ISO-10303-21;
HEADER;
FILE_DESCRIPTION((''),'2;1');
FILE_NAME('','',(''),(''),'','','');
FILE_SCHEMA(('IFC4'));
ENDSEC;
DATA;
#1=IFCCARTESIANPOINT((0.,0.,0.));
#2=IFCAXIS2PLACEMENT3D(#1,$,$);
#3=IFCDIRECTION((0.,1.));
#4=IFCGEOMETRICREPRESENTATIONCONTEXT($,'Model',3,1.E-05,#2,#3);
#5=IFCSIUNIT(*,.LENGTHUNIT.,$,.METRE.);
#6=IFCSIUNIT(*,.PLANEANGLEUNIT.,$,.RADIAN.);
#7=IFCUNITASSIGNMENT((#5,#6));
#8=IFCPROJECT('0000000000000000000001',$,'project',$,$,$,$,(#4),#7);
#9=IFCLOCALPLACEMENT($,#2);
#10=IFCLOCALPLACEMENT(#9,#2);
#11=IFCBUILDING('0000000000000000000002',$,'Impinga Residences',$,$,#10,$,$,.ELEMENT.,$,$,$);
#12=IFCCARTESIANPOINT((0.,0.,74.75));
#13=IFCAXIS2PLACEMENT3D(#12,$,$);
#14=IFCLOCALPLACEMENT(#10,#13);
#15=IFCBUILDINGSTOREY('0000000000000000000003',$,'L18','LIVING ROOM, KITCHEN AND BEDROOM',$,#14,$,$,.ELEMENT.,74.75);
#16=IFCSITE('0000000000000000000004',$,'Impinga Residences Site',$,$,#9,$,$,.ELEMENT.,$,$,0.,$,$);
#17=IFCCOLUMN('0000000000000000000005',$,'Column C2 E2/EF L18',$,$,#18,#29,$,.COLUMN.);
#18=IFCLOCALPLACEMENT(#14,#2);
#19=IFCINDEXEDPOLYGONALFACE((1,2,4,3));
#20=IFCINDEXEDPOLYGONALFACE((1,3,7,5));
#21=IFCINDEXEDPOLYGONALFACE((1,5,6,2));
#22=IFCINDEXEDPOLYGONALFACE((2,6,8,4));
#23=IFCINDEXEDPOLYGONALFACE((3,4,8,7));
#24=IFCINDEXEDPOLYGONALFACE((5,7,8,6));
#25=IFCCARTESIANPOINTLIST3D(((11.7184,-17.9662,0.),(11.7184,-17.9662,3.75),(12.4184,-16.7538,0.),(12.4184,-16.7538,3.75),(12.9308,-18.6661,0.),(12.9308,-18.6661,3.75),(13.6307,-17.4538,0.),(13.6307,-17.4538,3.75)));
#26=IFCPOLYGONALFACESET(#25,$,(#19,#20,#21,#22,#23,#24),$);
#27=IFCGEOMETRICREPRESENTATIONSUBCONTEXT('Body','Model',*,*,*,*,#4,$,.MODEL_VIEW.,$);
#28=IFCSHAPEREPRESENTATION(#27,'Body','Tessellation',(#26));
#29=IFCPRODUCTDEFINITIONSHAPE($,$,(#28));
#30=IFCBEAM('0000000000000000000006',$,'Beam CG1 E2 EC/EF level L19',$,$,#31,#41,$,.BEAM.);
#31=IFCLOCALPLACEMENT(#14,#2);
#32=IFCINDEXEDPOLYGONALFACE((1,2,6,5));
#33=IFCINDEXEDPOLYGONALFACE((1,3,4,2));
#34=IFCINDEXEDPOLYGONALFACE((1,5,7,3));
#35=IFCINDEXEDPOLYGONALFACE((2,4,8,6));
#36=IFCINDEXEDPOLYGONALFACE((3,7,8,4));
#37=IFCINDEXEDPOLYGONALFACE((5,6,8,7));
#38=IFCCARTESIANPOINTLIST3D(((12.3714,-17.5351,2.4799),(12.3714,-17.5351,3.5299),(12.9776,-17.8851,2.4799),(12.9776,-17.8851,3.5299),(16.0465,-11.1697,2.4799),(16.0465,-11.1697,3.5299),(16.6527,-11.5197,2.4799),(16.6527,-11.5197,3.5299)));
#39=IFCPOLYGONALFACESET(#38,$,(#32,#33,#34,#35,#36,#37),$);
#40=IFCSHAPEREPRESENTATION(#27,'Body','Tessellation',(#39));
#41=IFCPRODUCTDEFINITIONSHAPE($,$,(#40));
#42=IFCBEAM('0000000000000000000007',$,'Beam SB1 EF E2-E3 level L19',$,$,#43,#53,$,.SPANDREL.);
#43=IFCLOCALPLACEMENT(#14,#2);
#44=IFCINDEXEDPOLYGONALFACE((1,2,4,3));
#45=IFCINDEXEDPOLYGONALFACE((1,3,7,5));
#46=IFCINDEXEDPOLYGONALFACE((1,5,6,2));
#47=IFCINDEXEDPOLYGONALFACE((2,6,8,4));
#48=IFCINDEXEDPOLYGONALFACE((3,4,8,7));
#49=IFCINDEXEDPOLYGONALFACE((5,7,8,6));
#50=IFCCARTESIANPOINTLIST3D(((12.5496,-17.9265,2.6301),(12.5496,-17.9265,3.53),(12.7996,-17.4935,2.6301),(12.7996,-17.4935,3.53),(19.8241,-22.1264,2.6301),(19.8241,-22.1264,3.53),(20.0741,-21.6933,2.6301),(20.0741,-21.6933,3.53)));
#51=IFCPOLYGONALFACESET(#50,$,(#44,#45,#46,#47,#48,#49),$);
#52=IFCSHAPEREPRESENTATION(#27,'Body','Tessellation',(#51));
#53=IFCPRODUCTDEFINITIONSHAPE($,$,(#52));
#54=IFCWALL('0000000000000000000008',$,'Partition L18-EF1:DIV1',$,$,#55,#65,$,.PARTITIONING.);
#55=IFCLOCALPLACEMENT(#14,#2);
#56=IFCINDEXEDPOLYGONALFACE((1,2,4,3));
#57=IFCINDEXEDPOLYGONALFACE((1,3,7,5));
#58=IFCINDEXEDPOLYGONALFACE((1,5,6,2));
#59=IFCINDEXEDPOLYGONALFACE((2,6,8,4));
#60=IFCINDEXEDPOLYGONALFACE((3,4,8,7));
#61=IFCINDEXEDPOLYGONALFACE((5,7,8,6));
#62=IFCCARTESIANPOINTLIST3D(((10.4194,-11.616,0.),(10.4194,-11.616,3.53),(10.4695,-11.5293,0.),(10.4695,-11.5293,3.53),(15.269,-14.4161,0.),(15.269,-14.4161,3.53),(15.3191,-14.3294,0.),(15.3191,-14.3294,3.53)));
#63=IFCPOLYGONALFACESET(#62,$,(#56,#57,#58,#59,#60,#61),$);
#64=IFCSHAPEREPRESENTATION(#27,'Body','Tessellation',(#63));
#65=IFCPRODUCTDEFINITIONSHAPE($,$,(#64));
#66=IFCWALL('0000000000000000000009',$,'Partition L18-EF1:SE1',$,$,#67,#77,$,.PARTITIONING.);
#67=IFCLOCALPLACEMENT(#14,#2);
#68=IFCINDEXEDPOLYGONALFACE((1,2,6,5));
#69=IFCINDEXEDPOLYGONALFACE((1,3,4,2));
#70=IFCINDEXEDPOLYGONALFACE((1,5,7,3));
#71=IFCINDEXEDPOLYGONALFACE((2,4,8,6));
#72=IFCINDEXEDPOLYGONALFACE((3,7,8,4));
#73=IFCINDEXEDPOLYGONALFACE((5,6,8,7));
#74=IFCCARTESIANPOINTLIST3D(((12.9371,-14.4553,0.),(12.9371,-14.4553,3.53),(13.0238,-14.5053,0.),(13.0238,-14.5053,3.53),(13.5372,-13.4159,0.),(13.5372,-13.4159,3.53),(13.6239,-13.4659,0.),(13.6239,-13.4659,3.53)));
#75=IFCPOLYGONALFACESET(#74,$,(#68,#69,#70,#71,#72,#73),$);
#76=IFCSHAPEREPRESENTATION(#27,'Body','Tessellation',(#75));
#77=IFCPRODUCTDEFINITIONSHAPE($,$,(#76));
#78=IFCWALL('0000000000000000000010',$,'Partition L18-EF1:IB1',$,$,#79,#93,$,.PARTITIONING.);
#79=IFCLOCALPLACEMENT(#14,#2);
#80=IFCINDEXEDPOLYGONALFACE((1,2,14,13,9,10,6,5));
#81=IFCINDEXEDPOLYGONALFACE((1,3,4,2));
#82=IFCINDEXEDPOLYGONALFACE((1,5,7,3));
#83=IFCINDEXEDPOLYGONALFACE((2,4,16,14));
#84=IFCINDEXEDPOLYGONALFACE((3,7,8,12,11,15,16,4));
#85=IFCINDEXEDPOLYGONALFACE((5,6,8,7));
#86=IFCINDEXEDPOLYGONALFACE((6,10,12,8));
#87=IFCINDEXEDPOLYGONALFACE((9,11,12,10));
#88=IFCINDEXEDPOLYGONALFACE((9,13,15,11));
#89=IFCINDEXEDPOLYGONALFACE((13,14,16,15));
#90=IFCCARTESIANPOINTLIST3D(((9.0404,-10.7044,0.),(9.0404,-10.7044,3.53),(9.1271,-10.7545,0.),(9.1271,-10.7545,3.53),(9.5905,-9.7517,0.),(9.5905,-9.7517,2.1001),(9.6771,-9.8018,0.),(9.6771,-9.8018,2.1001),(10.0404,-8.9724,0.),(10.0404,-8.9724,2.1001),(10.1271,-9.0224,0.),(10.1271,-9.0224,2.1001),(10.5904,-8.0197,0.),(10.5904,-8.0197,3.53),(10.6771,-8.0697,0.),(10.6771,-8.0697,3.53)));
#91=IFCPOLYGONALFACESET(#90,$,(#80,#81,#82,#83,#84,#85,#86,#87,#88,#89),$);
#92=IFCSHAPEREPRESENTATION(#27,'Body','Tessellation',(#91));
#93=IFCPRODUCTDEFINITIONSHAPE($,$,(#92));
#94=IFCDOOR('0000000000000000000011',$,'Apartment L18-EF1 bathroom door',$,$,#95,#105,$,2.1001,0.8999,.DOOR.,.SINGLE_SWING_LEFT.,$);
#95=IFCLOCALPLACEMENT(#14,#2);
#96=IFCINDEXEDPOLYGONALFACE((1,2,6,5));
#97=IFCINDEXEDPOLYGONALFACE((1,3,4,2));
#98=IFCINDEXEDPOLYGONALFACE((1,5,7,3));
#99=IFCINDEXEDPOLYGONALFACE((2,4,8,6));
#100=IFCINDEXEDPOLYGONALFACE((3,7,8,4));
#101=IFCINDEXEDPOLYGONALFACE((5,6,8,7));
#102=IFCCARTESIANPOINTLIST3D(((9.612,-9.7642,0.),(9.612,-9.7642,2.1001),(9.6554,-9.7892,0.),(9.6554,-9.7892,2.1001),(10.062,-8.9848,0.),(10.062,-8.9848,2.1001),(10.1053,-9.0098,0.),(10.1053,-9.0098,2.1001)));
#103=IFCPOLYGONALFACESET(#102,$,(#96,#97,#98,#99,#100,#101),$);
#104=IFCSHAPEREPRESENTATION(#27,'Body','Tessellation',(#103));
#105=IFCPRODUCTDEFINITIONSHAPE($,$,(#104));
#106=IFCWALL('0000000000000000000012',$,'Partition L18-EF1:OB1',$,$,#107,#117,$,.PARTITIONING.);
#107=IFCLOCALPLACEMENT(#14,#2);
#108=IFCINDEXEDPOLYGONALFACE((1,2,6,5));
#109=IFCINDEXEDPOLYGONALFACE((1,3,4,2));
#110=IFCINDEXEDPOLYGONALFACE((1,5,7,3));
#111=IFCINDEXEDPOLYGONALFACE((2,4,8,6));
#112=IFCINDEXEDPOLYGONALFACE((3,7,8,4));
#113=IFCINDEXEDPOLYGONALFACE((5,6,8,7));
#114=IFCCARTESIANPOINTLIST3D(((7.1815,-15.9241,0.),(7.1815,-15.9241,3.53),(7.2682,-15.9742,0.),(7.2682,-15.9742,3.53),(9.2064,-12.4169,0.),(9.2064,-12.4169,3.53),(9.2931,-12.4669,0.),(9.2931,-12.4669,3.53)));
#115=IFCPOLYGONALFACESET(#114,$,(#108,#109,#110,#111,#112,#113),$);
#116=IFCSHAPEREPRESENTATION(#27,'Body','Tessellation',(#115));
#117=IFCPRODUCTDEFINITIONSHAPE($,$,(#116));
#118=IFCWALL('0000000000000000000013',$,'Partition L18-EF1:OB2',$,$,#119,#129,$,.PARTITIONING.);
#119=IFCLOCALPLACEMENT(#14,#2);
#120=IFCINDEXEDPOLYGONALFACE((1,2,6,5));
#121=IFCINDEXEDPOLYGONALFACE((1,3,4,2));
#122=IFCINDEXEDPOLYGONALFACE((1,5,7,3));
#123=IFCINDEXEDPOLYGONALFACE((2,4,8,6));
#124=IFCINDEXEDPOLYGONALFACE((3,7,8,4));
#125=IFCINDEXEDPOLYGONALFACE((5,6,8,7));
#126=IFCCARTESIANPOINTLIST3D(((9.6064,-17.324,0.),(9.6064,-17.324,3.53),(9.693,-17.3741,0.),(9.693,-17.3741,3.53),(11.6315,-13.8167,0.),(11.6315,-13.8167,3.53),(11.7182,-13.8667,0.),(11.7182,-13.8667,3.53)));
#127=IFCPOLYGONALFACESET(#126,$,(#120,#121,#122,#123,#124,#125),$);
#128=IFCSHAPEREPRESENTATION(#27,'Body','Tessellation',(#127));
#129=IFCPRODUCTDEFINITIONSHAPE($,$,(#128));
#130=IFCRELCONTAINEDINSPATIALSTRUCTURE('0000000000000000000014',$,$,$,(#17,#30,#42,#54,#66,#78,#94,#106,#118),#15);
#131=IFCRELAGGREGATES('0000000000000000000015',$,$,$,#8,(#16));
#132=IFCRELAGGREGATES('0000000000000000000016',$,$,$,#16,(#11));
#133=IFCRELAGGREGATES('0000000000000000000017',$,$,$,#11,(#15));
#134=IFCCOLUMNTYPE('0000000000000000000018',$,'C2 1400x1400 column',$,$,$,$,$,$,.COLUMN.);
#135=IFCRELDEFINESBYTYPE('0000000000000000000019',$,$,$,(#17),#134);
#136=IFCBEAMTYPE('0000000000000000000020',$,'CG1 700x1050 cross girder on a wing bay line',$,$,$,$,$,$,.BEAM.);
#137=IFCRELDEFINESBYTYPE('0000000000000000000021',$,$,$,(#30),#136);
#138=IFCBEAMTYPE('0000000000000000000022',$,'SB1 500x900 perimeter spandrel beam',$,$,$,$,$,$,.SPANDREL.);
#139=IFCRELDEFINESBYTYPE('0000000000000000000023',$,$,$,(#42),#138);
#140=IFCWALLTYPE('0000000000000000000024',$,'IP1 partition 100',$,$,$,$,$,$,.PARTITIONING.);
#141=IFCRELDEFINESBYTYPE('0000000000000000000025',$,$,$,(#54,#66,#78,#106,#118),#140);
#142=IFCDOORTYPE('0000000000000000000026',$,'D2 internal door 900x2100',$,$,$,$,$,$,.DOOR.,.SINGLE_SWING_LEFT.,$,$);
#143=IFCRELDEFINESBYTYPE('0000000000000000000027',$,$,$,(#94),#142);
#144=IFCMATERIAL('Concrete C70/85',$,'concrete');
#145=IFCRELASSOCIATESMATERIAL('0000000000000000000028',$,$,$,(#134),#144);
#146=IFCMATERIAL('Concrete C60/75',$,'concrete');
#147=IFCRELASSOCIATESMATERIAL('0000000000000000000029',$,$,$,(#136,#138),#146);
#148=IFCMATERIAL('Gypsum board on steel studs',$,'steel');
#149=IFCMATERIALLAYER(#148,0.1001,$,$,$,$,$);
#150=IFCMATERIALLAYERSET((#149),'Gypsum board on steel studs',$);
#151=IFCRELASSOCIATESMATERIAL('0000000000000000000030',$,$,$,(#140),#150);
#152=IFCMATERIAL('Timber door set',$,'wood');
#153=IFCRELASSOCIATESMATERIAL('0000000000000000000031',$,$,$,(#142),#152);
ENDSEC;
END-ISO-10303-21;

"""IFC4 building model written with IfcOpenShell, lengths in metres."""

from ifc_helpers import new_model, si_unit, direction, frame, frame_2d, origin, origin_2d, place, context, subcontext, project, spatial, rectangle, extrude, material, layer, layer_set, material_profile, profile_set, type_object, element, fill, save


model = new_model("IFC4")

# Units and contexts
model_context = context("Model", 3, precision=1e-05, world=origin(), true_north=direction((0.0, 1.0)))
body_context = subcontext(model_context, "Body", "Model", "MODEL_VIEW")
ifc_project = project(units=[si_unit("LENGTHUNIT", "METRE"), si_unit("PLANEANGLEUNIT", "RADIAN")], contexts=[model_context])

# Site, building, storey
site_placement = place(None, origin())
site = spatial("IfcSite", under=ifc_project, at=site_placement, Name="Impinga Residences Site", CompositionType="ELEMENT", RefElevation=0.0)
building_placement = place(site_placement, origin())
building = spatial("IfcBuilding", under=site, at=building_placement, Name="Impinga Residences", CompositionType="ELEMENT")
storey_placement = place(building_placement, frame((0.0, 0.0, 74.75)))
storey = spatial("IfcBuildingStorey", under=building, at=storey_placement, Name="L18", Description="LIVING ROOM, KITCHEN AND BEDROOM", CompositionType="ELEMENT", Elevation=74.75)

# Column
ifc_material_1 = material(Name="Concrete C70/85", Category="concrete")
ifc_material_profile_1 = material_profile(ifc_material_1, rectangle(XDim=1.3999, YDim=1.3999, at=origin_2d()), Name="RC 1400x1400")
ifc_profile_set_1 = profile_set([ifc_material_profile_1], Name="Concrete C70/85")
column_type = type_object("IfcColumnType", Name="C2 1400x1400 column", PredefinedType="COLUMN", material=ifc_profile_set_1)
column_placement = place(storey_placement, frame((12.6746, -17.71, 0.0), z_axis=(0.0, 0.0, 1.0), x_axis=(-0.5, -0.866025, 0.0)))
element("IfcColumn", 1, at=column_placement, inside=storey, type_object=column_type, Name="Column C2 E2/EF L18", PredefinedType="COLUMN", context=body_context, shape_type="SweptSolid", body=[
    extrude(rectangle(XDim=1.3999, YDim=1.3999, at=origin_2d()), origin(), (0.0, 0.0, 1.0), 3.75),
])

# Beams
ifc_material_2 = material(Name="Concrete C60/75", Category="concrete")
ifc_material_profile_2 = material_profile(ifc_material_2, rectangle(XDim=0.7, YDim=1.05, at=origin_2d()), Name="RC 700x1050")
ifc_profile_set_2 = profile_set([ifc_material_profile_2], Name="Concrete C60/75")
beam_type_1 = type_object("IfcBeamType", Name="CG1 700x1050 cross girder on a wing bay line", PredefinedType="BEAM", material=ifc_profile_set_2)
beam_1_placement = place(storey_placement, frame((16.3496, -11.3447, 3.0049), z_axis=(-0.500008, -0.866021, 0.0), x_axis=(0.866021, -0.500008, 0.0)))
element("IfcBeam", 2, at=beam_1_placement, inside=storey, type_object=beam_type_1, Name="Beam CG1 E2 EC/EF level L19", PredefinedType="BEAM", context=body_context, shape_type="SweptSolid", body=[
    extrude(rectangle(XDim=0.7, YDim=1.05, at=origin_2d()), origin(), (0.0, 0.0, 1.0), 7.3501),
])
ifc_material_profile_3 = material_profile(ifc_material_2, rectangle(XDim=0.5, YDim=0.8999, at=origin_2d()), Name="RC 500x900")
ifc_profile_set_3 = profile_set([ifc_material_profile_3], Name="Concrete C60/75")
beam_type_2 = type_object("IfcBeamType", Name="SB1 500x900 perimeter spandrel beam", PredefinedType="SPANDREL", material=ifc_profile_set_3)
beam_2_placement = place(storey_placement, frame((12.6746, -17.71, 3.0801), z_axis=(0.866029, -0.499993, 0.0), x_axis=(0.499993, 0.866029, 0.0)))
element("IfcBeam", 3, at=beam_2_placement, inside=storey, type_object=beam_type_2, Name="Beam SB1 EF E2-E3 level L19", PredefinedType="SPANDREL", context=body_context, shape_type="SweptSolid", body=[
    extrude(rectangle(XDim=0.5, YDim=0.8999, at=origin_2d()), origin(), (0.0, 0.0, 1.0), 8.3999),
])

# Walls
ifc_material_3 = material(Name="Gypsum board on steel studs", Category="steel")
ifc_layer_1 = layer(ifc_material_3, 0.1001)
ifc_layer_set_1 = layer_set([ifc_layer_1], Name="Gypsum board on steel studs")
wall_type_1 = type_object("IfcWallType", Name="IP1 partition 100", PredefinedType="PARTITIONING", material=ifc_layer_set_1)
wall_1_placement = place(storey_placement, frame((10.4446, -11.5728, 0.0), z_axis=(0.0, 0.0, 1.0), x_axis=(0.866016, -0.500017, 0.0)))
element("IfcWall", 4, at=wall_1_placement, inside=storey, type_object=wall_type_1, Name="Partition L18-EF1:DIV1", PredefinedType="PARTITIONING", context=body_context, shape_type="SweptSolid", body=[
    extrude(rectangle(XDim=5.5999, YDim=0.1001, at=frame_2d((2.7998, 0.0))), origin(), (0.0, 0.0, 1.0), 3.53),
])
wall_2_placement = place(storey_placement, frame((13.5806, -13.4409, 0.0), z_axis=(0.0, 0.0, 1.0), x_axis=(-0.500034, -0.866006, 0.0)))
element("IfcWall", 5, at=wall_2_placement, inside=storey, type_object=wall_type_1, Name="Partition L18-EF1:SE1", PredefinedType="PARTITIONING", context=body_context, shape_type="SweptSolid", body=[
    extrude(rectangle(XDim=1.2002, YDim=0.1001, at=frame_2d((0.6001, 0.0))), origin(), (0.0, 0.0, 1.0), 3.53),
])

# Wall, opening, door
wall_3_placement = place(storey_placement, frame((10.6338, -8.0447, 0.0), z_axis=(0.0, 0.0, 1.0), x_axis=(-0.499993, -0.86603, 0.0)))
wall_3 = element("IfcWall", 6, at=wall_3_placement, inside=storey, type_object=wall_type_1, Name="Partition L18-EF1:IB1", PredefinedType="PARTITIONING", context=body_context, shape_type="SweptSolid", body=[
    extrude(rectangle(XDim=3.1001, YDim=0.1001, at=frame_2d((1.55, 0.0))), origin(), (0.0, 0.0, 1.0), 3.53),
])
opening_1_placement = place(wall_3_placement, frame((1.1001, 0.0, 0.0)))
opening_1 = element("IfcOpeningElement", 7, at=opening_1_placement, cuts=wall_3, PredefinedType="OPENING", context=body_context, shape_type="SweptSolid", body=[
    extrude(rectangle(XDim=0.8999, YDim=2.1001, at=frame_2d((0.45, 1.05))), frame((0.0, 0.0601, 0.0), z_axis=(0.0, -1.0, 0.0), x_axis=(1.0, 0.0, 0.0)), (0.0, 0.0, 1.0), 0.1201),
])
ifc_material_4 = material(Name="Timber door set", Category="wood")
door_type = type_object("IfcDoorType", Name="D2 internal door 900x2100", OperationType="SINGLE_SWING_LEFT", PredefinedType="DOOR", material=ifc_material_4)
door_1_placement = place(opening_1_placement, origin())
door_1 = element("IfcDoor", 8, at=door_1_placement, inside=storey, type_object=door_type, Name="Apartment L18-EF1 bathroom door", OperationType="SINGLE_SWING_LEFT", OverallHeight=2.1001, OverallWidth=0.8999, PredefinedType="DOOR", context=body_context, shape_type="SweptSolid", body=[
    extrude(rectangle(XDim=0.8999, YDim=2.1001, at=frame_2d((0.45, 1.05))), frame((0.0, 0.0249, 0.0), z_axis=(0.0, -1.0, 0.0), x_axis=(1.0, 0.0, 0.0)), (0.0, 0.0, 1.0), 0.05),
])
fill(opening_1, door_1)

# Walls
wall_4_placement = place(storey_placement, frame((9.2498, -12.4419, 0.0), z_axis=(0.0, 0.0, 1.0), x_axis=(-0.49999, -0.866031, 0.0)))
element("IfcWall", 9, at=wall_4_placement, inside=storey, type_object=wall_type_1, Name="Partition L18-EF1:OB1", PredefinedType="PARTITIONING", context=body_context, shape_type="SweptSolid", body=[
    extrude(rectangle(XDim=4.0498, YDim=0.1001, at=frame_2d((2.0249, 0.0))), origin(), (0.0, 0.0, 1.0), 3.53),
])
wall_5_placement = place(storey_placement, frame((11.6748, -13.8418, 0.0), z_axis=(0.0, 0.0, 1.0), x_axis=(-0.500036, -0.866005, 0.0)))
element("IfcWall", 10, at=wall_5_placement, inside=storey, type_object=wall_type_1, Name="Partition L18-EF1:OB2", PredefinedType="PARTITIONING", context=body_context, shape_type="SweptSolid", body=[
    extrude(rectangle(XDim=4.05, YDim=0.1001, at=frame_2d((2.0249, 0.0))), origin(), (0.0, 0.0, 1.0), 3.53),
])

save(model, "model.ifc")
